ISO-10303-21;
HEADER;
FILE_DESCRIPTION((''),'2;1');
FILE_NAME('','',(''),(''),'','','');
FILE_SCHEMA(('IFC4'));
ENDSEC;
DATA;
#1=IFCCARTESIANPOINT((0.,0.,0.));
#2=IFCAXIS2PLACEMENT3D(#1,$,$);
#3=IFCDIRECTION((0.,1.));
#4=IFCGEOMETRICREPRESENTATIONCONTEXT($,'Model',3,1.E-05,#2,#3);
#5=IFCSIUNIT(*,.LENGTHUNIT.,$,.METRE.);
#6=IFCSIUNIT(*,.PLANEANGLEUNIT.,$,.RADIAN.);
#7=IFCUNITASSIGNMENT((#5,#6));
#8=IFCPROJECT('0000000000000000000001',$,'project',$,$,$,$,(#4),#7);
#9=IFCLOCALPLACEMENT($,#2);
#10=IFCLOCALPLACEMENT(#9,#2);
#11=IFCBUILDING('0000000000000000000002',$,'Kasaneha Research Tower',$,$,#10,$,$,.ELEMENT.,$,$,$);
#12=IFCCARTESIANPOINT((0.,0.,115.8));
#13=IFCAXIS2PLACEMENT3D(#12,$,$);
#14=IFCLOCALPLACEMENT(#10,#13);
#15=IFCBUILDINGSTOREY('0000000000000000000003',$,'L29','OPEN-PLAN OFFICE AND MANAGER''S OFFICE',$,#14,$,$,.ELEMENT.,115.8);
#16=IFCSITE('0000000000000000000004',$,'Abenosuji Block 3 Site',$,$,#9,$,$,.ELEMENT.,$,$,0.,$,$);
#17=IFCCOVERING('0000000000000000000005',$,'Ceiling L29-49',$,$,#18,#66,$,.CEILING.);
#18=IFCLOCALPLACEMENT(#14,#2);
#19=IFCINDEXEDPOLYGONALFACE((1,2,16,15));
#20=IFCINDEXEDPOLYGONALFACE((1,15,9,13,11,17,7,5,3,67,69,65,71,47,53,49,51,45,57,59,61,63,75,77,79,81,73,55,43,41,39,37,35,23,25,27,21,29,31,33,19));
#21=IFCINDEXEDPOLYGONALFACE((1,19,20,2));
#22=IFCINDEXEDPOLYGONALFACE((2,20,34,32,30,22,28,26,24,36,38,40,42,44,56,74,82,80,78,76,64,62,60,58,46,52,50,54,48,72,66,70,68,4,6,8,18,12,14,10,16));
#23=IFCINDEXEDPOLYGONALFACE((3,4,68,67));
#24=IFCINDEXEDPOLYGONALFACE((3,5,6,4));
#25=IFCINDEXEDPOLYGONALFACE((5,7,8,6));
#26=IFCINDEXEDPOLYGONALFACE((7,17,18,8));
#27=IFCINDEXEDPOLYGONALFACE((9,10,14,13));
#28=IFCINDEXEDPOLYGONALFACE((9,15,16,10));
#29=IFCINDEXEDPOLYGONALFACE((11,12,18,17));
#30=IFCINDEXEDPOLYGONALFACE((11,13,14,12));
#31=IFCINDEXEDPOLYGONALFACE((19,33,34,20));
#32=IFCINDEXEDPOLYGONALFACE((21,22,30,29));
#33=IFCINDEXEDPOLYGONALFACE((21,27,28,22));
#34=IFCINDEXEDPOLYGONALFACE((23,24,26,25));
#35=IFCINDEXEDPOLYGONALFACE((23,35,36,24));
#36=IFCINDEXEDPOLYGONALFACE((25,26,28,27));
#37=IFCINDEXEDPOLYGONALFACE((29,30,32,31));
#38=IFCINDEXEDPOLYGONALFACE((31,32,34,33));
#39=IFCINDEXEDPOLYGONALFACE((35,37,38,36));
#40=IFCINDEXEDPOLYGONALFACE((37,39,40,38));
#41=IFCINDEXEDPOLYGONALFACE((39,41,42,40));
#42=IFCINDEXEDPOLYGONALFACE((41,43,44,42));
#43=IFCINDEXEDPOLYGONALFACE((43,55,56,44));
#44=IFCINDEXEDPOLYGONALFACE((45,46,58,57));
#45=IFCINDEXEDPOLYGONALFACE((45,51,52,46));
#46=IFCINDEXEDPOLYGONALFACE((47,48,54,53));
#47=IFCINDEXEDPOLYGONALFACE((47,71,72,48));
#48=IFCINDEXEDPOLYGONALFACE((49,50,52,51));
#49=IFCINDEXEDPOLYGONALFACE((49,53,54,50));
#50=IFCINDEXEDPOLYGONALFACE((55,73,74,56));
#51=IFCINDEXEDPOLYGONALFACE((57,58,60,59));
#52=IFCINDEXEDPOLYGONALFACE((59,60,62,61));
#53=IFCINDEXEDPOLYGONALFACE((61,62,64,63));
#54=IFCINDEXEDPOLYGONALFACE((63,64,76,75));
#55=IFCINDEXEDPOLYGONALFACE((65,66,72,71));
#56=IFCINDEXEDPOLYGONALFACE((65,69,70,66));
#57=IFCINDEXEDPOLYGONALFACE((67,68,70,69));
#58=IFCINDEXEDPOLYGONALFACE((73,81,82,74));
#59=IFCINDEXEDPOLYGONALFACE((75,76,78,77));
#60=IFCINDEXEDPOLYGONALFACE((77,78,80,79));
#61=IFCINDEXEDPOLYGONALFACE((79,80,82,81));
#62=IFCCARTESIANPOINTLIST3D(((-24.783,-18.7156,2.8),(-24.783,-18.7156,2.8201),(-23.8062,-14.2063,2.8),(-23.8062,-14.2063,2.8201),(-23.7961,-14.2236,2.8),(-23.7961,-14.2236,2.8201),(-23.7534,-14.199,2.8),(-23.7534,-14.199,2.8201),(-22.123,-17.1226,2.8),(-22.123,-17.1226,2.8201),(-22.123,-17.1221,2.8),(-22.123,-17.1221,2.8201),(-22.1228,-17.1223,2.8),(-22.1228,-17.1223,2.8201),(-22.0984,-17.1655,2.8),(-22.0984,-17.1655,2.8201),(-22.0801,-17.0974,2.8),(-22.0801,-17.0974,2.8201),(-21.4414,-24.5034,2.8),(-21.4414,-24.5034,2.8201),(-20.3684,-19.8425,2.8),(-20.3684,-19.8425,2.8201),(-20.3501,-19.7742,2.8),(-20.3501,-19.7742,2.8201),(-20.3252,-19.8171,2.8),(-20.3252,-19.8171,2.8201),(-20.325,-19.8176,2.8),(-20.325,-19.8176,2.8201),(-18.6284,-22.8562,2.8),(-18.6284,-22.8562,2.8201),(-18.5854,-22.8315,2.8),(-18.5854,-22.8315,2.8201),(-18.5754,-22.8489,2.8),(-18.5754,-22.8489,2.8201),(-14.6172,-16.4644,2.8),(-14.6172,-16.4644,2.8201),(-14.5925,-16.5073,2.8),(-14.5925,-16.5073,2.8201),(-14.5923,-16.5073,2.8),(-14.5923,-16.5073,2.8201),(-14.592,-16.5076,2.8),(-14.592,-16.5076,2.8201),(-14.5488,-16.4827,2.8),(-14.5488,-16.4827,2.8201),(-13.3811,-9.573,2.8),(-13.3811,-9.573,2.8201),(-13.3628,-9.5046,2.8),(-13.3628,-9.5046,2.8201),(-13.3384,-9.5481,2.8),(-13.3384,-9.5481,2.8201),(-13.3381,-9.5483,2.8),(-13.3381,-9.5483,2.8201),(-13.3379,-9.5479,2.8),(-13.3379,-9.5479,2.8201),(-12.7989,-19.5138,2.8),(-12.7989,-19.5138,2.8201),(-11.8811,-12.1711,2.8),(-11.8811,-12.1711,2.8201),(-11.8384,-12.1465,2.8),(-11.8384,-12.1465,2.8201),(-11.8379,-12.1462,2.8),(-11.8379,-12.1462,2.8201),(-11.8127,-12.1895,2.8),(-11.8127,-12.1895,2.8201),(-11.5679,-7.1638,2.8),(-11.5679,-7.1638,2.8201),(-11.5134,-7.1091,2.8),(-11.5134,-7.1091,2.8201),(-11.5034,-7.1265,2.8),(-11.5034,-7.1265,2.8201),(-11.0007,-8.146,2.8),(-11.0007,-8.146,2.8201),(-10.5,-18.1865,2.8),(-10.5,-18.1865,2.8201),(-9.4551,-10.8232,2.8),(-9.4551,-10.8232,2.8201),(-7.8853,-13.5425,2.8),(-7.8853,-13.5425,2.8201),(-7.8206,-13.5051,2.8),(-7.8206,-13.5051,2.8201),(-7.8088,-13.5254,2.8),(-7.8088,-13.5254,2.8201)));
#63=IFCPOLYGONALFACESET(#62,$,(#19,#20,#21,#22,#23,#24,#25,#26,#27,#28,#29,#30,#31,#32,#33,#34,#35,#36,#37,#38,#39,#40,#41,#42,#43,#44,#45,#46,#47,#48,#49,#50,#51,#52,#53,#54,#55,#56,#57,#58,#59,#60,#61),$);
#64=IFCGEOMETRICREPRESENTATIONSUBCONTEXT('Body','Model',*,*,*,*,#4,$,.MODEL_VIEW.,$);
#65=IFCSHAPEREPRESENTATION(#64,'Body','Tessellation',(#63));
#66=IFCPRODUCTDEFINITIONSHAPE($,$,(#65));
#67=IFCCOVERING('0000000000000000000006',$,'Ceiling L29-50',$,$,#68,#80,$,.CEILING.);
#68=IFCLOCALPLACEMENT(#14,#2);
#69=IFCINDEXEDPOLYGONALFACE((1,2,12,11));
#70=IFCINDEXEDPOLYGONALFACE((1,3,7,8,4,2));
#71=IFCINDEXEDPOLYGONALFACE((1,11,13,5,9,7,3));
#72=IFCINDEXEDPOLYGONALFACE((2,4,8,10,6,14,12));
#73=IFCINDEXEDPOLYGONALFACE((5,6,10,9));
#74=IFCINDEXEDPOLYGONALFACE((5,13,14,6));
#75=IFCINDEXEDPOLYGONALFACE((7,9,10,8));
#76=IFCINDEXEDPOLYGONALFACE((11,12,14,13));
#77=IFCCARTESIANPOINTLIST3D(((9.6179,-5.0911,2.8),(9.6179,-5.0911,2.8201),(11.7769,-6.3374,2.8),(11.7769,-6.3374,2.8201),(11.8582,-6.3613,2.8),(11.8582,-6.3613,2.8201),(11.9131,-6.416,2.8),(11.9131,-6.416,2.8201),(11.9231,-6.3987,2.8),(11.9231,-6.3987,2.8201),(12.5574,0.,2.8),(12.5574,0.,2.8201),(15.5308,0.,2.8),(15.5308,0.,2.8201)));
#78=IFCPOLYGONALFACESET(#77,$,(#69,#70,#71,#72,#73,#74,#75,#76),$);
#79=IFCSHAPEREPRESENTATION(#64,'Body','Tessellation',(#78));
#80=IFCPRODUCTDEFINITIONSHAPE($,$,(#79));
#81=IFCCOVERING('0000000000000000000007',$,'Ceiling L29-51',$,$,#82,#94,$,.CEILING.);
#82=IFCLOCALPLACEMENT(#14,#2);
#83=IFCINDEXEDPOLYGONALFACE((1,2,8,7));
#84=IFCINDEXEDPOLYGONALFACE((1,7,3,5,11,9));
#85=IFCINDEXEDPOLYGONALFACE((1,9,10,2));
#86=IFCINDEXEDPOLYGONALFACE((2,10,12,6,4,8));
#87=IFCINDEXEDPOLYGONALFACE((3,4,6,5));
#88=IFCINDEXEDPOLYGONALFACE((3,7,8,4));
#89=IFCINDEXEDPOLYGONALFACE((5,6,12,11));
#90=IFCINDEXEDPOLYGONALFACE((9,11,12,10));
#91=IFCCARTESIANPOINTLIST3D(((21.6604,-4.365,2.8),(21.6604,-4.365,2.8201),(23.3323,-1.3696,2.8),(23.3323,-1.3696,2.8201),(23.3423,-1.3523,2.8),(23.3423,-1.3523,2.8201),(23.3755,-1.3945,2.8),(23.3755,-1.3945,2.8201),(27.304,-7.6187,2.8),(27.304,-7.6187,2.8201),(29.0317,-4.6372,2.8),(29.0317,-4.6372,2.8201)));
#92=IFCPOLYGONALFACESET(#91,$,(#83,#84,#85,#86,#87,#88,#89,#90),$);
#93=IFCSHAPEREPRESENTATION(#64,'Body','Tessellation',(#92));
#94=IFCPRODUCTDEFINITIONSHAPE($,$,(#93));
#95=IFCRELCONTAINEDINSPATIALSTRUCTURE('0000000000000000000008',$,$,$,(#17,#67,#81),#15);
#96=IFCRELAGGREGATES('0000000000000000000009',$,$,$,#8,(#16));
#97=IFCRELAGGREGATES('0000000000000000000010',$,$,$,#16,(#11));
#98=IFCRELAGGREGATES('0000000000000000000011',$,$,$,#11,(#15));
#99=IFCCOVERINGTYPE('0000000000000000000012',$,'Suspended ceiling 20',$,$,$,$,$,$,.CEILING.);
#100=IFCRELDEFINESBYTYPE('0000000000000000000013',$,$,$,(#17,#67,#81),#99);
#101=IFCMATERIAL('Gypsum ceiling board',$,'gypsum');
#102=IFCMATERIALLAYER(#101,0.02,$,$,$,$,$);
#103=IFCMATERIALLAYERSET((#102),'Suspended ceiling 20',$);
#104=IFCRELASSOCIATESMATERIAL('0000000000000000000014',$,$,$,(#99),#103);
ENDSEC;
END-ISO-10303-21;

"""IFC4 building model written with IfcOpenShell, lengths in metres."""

from ifc_helpers import new_model, si_unit, direction, frame, origin, place, context, subcontext, project, spatial, polyline, outline, extrude, material, layer, layer_set, type_object, element, save


model = new_model("IFC4")

# Units and contexts
model_context = context("Model", 3, precision=1e-05, world=origin(), true_north=direction((0.0, 1.0)))
body_context = subcontext(model_context, "Body", "Model", "MODEL_VIEW")
ifc_project = project(units=[si_unit("LENGTHUNIT", "METRE"), si_unit("PLANEANGLEUNIT", "RADIAN")], contexts=[model_context])

# Site, building, storey
site_placement = place(None, origin())
site = spatial("IfcSite", under=ifc_project, at=site_placement, Name="Abenosuji Block 3 Site", CompositionType="ELEMENT", RefElevation=0.0)
building_placement = place(site_placement, origin())
building = spatial("IfcBuilding", under=site, at=building_placement, Name="Kasaneha Research Tower", CompositionType="ELEMENT")
storey_placement = place(building_placement, frame((0.0, 0.0, 115.8)))
storey = spatial("IfcBuildingStorey", under=building, at=storey_placement, Name="L29", Description="OPEN-PLAN OFFICE AND MANAGER'S OFFICE", CompositionType="ELEMENT", Elevation=115.8)

# Coverings
ifc_material_1 = material(Name="Gypsum ceiling board", Category="gypsum")
ifc_layer_1 = layer(ifc_material_1, 0.02)
ifc_layer_set_1 = layer_set([ifc_layer_1], Name="Suspended ceiling 20")
covering_type = type_object("IfcCoveringType", Name="Suspended ceiling 20", PredefinedType="CEILING", material=ifc_layer_set_1)
covering_1_placement = place(storey_placement, frame((0.0, 0.0, 2.8)))
element("IfcCovering", 1, at=covering_1_placement, inside=storey, type_object=covering_type, Name="Ceiling L29-49", PredefinedType="CEILING", context=body_context, shape_type="SweptSolid", body=[
    extrude(outline(polyline([(-13.3384, -9.5481), (-13.3381, -9.5483), (-13.3811, -9.573), (-11.8811, -12.1711), (-11.8384, -12.1465), (-11.8384, -12.1465), (-11.8379, -12.1462), (-11.8127, -12.1895), (-9.4551, -10.8232), (-7.8853, -13.5425), (-7.8206, -13.5051), (-7.8088, -13.5254), (-10.5, -18.1865), (-12.8418, -19.5386), (-12.8418, -19.5386), (-12.7988, -19.5139), (-14.5488, -16.4827), (-14.592, -16.5076), (-14.5923, -16.5073), (-14.5925, -16.5073), (-14.6172, -16.4644), (-20.3501, -19.7742), (-20.3252, -19.8171), (-20.3252, -19.8171), (-20.325, -19.8176), (-20.3684, -19.8425), (-18.6284, -22.8562), (-18.5854, -22.8315), (-18.5754, -22.8489), (-21.4414, -24.5034), (-24.783, -18.7156), (-22.0984, -17.1655), (-22.123, -17.1226), (-22.1228, -17.1223), (-22.123, -17.1221), (-22.0801, -17.0974), (-23.7534, -14.199), (-23.7961, -14.2236), (-23.8062, -14.2063), (-11.5134, -7.1091), (-11.5034, -7.1265), (-11.5679, -7.1638), (-11.0007, -8.146), (-13.3628, -9.5046), (-13.3379, -9.5479), (-13.3384, -9.5481)])), origin(), (0.0, 0.0, 1.0), 0.02),
])
covering_2_placement = place(storey_placement, frame((0.0, 0.0, 2.8)))
element("IfcCovering", 2, at=covering_2_placement, inside=storey, type_object=covering_type, Name="Ceiling L29-50", PredefinedType="CEILING", context=body_context, shape_type="SweptSolid", body=[
    extrude(outline(polyline([(9.6179, -5.0911), (12.5574, 0.0), (15.5308, 0.0), (11.8582, -6.3613), (11.9231, -6.3987), (11.9131, -6.416), (11.7769, -6.3374), (9.6179, -5.0911)])), origin(), (0.0, 0.0, 1.0), 0.02),
])
covering_3_placement = place(storey_placement, frame((0.0, 0.0, 2.8)))
element("IfcCovering", 3, at=covering_3_placement, inside=storey, type_object=covering_type, Name="Ceiling L29-51", PredefinedType="CEILING", context=body_context, shape_type="SweptSolid", body=[
    extrude(outline(polyline([(29.0317, -4.6372), (27.304, -7.6187), (21.6604, -4.365), (23.3755, -1.3945), (23.3323, -1.3696), (23.3423, -1.3523), (29.0317, -4.6372)])), origin(), (0.0, 0.0, 1.0), 0.02),
])

save(model, "model.ifc")
